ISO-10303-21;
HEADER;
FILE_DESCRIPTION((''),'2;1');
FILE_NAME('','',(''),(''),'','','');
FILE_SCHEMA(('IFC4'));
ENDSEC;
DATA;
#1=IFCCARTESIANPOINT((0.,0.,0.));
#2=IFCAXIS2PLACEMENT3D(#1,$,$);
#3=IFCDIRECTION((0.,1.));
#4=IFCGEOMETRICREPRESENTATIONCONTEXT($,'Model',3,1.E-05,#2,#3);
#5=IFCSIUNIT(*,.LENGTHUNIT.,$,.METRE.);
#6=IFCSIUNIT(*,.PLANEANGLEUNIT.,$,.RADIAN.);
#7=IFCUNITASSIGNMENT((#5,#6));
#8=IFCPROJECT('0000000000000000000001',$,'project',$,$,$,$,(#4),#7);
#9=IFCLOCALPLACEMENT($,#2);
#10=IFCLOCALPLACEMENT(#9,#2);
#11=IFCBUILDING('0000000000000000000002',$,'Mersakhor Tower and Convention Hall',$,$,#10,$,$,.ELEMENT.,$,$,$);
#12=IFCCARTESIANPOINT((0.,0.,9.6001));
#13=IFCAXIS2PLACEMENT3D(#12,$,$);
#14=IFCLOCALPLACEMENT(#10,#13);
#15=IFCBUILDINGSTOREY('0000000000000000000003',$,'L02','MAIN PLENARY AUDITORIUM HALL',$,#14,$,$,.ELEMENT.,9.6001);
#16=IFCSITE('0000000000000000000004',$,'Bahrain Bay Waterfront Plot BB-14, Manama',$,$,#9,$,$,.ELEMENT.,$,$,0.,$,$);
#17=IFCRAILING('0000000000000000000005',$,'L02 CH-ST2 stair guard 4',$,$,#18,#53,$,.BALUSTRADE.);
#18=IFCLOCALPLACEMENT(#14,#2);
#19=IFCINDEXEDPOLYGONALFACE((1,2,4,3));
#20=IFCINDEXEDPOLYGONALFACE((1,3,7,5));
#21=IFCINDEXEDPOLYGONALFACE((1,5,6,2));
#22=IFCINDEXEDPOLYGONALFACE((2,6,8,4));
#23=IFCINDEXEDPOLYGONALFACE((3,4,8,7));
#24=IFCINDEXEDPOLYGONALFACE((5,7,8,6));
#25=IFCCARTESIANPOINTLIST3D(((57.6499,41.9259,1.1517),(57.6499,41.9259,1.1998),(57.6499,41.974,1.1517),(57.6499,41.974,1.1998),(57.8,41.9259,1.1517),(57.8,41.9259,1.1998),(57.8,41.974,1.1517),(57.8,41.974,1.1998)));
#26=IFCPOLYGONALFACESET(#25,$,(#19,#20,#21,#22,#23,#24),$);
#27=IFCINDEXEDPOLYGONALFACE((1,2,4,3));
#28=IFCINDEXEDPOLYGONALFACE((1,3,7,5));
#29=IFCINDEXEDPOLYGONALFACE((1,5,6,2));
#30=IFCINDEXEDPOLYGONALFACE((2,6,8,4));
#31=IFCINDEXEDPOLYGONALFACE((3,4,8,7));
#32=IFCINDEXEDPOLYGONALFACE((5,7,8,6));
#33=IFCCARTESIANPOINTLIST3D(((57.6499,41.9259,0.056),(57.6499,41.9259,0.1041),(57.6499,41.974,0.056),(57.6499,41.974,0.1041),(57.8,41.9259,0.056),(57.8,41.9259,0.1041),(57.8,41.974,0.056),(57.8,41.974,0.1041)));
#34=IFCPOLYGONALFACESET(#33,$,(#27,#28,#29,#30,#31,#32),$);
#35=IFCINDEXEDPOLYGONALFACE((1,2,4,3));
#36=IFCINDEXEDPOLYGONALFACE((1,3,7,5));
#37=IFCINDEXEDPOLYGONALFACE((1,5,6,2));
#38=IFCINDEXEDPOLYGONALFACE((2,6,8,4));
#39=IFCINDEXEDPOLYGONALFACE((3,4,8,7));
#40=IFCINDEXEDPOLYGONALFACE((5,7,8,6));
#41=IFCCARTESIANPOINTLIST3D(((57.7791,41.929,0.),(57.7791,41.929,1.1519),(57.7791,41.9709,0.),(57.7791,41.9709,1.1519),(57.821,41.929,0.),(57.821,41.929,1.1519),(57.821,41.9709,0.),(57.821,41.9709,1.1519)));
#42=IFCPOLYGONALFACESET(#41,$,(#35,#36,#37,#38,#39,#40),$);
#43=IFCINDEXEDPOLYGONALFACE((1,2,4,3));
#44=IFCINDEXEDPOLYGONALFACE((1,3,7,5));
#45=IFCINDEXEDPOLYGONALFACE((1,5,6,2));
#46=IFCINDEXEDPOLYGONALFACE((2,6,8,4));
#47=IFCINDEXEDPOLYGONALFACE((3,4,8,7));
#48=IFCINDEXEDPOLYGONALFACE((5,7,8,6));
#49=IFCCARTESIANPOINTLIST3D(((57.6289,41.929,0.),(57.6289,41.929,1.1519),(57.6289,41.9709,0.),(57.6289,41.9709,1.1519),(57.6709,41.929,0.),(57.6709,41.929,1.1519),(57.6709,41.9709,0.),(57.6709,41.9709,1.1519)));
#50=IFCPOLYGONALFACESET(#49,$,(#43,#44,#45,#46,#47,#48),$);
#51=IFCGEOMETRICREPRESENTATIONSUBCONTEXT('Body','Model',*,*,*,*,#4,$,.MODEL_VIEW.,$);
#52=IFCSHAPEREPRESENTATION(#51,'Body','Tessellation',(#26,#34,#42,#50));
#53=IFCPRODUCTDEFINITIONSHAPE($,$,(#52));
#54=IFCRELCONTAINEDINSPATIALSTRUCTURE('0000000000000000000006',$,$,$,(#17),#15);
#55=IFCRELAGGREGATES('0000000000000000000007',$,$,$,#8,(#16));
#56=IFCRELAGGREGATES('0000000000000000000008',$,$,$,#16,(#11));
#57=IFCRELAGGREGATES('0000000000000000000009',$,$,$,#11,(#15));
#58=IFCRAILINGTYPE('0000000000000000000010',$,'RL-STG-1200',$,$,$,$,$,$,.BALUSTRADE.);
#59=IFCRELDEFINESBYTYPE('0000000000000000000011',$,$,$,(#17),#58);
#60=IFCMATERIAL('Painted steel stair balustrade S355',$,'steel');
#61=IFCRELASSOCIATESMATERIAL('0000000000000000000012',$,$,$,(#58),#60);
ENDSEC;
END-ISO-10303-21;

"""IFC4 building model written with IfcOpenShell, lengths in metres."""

from ifc_helpers import new_model, si_unit, direction, frame, origin, origin_2d, place, context, subcontext, project, spatial, rectangle, extrude, material, type_object, element, save


model = new_model("IFC4")

# Units and contexts
model_context = context("Model", 3, precision=1e-05, world=origin(), true_north=direction((0.0, 1.0)))
body_context = subcontext(model_context, "Body", "Model", "MODEL_VIEW")
ifc_project = project(units=[si_unit("LENGTHUNIT", "METRE"), si_unit("PLANEANGLEUNIT", "RADIAN")], contexts=[model_context])

# Site, building, storey
site_placement = place(None, origin())
site = spatial("IfcSite", under=ifc_project, at=site_placement, Name="Bahrain Bay Waterfront Plot BB-14, Manama", CompositionType="ELEMENT", RefElevation=0.0)
building_placement = place(site_placement, origin())
building = spatial("IfcBuilding", under=site, at=building_placement, Name="Mersakhor Tower and Convention Hall", CompositionType="ELEMENT")
storey_placement = place(building_placement, frame((0.0, 0.0, 9.6001)))
storey = spatial("IfcBuildingStorey", under=building, at=storey_placement, Name="L02", Description="MAIN PLENARY AUDITORIUM HALL", CompositionType="ELEMENT", Elevation=9.6001)

# Railing
ifc_material_1 = material(Name="Painted steel stair balustrade S355", Category="steel")
railing_type_1 = type_object("IfcRailingType", Name="RL-STG-1200", PredefinedType="BALUSTRADE", material=ifc_material_1)
railing_1_placement = place(storey_placement, frame((57.8, 41.95, 0.0)))
element("IfcRailing", 1, at=railing_1_placement, inside=storey, type_object=railing_type_1, Name="L02 CH-ST2 stair guard 4", PredefinedType="BALUSTRADE", context=body_context, shape_type="SweptSolid", body=[
    extrude(rectangle(XDim=0.0481, YDim=0.0481, at=origin_2d()), frame((0.0, 0.0, 1.1758), z_axis=(-1.0, 0.0, 0.0), x_axis=(0.0, -1.0, 0.0)), (0.0, 0.0, 1.0), 0.1501),
    extrude(rectangle(XDim=0.0481, YDim=0.0481, at=origin_2d()), frame((0.0, 0.0, 0.0801), z_axis=(-1.0, 0.0, 0.0), x_axis=(0.0, -1.0, 0.0)), (0.0, 0.0, 1.0), 0.1501),
    extrude(rectangle(XDim=0.042, YDim=0.042, at=origin_2d()), origin(), (0.0, 0.0, 1.0), 1.1519),
    extrude(rectangle(XDim=0.042, YDim=0.042, at=origin_2d()), frame((-0.1501, 0.0, 0.0)), (0.0, 0.0, 1.0), 1.1519),
])

save(model, "model.ifc")
